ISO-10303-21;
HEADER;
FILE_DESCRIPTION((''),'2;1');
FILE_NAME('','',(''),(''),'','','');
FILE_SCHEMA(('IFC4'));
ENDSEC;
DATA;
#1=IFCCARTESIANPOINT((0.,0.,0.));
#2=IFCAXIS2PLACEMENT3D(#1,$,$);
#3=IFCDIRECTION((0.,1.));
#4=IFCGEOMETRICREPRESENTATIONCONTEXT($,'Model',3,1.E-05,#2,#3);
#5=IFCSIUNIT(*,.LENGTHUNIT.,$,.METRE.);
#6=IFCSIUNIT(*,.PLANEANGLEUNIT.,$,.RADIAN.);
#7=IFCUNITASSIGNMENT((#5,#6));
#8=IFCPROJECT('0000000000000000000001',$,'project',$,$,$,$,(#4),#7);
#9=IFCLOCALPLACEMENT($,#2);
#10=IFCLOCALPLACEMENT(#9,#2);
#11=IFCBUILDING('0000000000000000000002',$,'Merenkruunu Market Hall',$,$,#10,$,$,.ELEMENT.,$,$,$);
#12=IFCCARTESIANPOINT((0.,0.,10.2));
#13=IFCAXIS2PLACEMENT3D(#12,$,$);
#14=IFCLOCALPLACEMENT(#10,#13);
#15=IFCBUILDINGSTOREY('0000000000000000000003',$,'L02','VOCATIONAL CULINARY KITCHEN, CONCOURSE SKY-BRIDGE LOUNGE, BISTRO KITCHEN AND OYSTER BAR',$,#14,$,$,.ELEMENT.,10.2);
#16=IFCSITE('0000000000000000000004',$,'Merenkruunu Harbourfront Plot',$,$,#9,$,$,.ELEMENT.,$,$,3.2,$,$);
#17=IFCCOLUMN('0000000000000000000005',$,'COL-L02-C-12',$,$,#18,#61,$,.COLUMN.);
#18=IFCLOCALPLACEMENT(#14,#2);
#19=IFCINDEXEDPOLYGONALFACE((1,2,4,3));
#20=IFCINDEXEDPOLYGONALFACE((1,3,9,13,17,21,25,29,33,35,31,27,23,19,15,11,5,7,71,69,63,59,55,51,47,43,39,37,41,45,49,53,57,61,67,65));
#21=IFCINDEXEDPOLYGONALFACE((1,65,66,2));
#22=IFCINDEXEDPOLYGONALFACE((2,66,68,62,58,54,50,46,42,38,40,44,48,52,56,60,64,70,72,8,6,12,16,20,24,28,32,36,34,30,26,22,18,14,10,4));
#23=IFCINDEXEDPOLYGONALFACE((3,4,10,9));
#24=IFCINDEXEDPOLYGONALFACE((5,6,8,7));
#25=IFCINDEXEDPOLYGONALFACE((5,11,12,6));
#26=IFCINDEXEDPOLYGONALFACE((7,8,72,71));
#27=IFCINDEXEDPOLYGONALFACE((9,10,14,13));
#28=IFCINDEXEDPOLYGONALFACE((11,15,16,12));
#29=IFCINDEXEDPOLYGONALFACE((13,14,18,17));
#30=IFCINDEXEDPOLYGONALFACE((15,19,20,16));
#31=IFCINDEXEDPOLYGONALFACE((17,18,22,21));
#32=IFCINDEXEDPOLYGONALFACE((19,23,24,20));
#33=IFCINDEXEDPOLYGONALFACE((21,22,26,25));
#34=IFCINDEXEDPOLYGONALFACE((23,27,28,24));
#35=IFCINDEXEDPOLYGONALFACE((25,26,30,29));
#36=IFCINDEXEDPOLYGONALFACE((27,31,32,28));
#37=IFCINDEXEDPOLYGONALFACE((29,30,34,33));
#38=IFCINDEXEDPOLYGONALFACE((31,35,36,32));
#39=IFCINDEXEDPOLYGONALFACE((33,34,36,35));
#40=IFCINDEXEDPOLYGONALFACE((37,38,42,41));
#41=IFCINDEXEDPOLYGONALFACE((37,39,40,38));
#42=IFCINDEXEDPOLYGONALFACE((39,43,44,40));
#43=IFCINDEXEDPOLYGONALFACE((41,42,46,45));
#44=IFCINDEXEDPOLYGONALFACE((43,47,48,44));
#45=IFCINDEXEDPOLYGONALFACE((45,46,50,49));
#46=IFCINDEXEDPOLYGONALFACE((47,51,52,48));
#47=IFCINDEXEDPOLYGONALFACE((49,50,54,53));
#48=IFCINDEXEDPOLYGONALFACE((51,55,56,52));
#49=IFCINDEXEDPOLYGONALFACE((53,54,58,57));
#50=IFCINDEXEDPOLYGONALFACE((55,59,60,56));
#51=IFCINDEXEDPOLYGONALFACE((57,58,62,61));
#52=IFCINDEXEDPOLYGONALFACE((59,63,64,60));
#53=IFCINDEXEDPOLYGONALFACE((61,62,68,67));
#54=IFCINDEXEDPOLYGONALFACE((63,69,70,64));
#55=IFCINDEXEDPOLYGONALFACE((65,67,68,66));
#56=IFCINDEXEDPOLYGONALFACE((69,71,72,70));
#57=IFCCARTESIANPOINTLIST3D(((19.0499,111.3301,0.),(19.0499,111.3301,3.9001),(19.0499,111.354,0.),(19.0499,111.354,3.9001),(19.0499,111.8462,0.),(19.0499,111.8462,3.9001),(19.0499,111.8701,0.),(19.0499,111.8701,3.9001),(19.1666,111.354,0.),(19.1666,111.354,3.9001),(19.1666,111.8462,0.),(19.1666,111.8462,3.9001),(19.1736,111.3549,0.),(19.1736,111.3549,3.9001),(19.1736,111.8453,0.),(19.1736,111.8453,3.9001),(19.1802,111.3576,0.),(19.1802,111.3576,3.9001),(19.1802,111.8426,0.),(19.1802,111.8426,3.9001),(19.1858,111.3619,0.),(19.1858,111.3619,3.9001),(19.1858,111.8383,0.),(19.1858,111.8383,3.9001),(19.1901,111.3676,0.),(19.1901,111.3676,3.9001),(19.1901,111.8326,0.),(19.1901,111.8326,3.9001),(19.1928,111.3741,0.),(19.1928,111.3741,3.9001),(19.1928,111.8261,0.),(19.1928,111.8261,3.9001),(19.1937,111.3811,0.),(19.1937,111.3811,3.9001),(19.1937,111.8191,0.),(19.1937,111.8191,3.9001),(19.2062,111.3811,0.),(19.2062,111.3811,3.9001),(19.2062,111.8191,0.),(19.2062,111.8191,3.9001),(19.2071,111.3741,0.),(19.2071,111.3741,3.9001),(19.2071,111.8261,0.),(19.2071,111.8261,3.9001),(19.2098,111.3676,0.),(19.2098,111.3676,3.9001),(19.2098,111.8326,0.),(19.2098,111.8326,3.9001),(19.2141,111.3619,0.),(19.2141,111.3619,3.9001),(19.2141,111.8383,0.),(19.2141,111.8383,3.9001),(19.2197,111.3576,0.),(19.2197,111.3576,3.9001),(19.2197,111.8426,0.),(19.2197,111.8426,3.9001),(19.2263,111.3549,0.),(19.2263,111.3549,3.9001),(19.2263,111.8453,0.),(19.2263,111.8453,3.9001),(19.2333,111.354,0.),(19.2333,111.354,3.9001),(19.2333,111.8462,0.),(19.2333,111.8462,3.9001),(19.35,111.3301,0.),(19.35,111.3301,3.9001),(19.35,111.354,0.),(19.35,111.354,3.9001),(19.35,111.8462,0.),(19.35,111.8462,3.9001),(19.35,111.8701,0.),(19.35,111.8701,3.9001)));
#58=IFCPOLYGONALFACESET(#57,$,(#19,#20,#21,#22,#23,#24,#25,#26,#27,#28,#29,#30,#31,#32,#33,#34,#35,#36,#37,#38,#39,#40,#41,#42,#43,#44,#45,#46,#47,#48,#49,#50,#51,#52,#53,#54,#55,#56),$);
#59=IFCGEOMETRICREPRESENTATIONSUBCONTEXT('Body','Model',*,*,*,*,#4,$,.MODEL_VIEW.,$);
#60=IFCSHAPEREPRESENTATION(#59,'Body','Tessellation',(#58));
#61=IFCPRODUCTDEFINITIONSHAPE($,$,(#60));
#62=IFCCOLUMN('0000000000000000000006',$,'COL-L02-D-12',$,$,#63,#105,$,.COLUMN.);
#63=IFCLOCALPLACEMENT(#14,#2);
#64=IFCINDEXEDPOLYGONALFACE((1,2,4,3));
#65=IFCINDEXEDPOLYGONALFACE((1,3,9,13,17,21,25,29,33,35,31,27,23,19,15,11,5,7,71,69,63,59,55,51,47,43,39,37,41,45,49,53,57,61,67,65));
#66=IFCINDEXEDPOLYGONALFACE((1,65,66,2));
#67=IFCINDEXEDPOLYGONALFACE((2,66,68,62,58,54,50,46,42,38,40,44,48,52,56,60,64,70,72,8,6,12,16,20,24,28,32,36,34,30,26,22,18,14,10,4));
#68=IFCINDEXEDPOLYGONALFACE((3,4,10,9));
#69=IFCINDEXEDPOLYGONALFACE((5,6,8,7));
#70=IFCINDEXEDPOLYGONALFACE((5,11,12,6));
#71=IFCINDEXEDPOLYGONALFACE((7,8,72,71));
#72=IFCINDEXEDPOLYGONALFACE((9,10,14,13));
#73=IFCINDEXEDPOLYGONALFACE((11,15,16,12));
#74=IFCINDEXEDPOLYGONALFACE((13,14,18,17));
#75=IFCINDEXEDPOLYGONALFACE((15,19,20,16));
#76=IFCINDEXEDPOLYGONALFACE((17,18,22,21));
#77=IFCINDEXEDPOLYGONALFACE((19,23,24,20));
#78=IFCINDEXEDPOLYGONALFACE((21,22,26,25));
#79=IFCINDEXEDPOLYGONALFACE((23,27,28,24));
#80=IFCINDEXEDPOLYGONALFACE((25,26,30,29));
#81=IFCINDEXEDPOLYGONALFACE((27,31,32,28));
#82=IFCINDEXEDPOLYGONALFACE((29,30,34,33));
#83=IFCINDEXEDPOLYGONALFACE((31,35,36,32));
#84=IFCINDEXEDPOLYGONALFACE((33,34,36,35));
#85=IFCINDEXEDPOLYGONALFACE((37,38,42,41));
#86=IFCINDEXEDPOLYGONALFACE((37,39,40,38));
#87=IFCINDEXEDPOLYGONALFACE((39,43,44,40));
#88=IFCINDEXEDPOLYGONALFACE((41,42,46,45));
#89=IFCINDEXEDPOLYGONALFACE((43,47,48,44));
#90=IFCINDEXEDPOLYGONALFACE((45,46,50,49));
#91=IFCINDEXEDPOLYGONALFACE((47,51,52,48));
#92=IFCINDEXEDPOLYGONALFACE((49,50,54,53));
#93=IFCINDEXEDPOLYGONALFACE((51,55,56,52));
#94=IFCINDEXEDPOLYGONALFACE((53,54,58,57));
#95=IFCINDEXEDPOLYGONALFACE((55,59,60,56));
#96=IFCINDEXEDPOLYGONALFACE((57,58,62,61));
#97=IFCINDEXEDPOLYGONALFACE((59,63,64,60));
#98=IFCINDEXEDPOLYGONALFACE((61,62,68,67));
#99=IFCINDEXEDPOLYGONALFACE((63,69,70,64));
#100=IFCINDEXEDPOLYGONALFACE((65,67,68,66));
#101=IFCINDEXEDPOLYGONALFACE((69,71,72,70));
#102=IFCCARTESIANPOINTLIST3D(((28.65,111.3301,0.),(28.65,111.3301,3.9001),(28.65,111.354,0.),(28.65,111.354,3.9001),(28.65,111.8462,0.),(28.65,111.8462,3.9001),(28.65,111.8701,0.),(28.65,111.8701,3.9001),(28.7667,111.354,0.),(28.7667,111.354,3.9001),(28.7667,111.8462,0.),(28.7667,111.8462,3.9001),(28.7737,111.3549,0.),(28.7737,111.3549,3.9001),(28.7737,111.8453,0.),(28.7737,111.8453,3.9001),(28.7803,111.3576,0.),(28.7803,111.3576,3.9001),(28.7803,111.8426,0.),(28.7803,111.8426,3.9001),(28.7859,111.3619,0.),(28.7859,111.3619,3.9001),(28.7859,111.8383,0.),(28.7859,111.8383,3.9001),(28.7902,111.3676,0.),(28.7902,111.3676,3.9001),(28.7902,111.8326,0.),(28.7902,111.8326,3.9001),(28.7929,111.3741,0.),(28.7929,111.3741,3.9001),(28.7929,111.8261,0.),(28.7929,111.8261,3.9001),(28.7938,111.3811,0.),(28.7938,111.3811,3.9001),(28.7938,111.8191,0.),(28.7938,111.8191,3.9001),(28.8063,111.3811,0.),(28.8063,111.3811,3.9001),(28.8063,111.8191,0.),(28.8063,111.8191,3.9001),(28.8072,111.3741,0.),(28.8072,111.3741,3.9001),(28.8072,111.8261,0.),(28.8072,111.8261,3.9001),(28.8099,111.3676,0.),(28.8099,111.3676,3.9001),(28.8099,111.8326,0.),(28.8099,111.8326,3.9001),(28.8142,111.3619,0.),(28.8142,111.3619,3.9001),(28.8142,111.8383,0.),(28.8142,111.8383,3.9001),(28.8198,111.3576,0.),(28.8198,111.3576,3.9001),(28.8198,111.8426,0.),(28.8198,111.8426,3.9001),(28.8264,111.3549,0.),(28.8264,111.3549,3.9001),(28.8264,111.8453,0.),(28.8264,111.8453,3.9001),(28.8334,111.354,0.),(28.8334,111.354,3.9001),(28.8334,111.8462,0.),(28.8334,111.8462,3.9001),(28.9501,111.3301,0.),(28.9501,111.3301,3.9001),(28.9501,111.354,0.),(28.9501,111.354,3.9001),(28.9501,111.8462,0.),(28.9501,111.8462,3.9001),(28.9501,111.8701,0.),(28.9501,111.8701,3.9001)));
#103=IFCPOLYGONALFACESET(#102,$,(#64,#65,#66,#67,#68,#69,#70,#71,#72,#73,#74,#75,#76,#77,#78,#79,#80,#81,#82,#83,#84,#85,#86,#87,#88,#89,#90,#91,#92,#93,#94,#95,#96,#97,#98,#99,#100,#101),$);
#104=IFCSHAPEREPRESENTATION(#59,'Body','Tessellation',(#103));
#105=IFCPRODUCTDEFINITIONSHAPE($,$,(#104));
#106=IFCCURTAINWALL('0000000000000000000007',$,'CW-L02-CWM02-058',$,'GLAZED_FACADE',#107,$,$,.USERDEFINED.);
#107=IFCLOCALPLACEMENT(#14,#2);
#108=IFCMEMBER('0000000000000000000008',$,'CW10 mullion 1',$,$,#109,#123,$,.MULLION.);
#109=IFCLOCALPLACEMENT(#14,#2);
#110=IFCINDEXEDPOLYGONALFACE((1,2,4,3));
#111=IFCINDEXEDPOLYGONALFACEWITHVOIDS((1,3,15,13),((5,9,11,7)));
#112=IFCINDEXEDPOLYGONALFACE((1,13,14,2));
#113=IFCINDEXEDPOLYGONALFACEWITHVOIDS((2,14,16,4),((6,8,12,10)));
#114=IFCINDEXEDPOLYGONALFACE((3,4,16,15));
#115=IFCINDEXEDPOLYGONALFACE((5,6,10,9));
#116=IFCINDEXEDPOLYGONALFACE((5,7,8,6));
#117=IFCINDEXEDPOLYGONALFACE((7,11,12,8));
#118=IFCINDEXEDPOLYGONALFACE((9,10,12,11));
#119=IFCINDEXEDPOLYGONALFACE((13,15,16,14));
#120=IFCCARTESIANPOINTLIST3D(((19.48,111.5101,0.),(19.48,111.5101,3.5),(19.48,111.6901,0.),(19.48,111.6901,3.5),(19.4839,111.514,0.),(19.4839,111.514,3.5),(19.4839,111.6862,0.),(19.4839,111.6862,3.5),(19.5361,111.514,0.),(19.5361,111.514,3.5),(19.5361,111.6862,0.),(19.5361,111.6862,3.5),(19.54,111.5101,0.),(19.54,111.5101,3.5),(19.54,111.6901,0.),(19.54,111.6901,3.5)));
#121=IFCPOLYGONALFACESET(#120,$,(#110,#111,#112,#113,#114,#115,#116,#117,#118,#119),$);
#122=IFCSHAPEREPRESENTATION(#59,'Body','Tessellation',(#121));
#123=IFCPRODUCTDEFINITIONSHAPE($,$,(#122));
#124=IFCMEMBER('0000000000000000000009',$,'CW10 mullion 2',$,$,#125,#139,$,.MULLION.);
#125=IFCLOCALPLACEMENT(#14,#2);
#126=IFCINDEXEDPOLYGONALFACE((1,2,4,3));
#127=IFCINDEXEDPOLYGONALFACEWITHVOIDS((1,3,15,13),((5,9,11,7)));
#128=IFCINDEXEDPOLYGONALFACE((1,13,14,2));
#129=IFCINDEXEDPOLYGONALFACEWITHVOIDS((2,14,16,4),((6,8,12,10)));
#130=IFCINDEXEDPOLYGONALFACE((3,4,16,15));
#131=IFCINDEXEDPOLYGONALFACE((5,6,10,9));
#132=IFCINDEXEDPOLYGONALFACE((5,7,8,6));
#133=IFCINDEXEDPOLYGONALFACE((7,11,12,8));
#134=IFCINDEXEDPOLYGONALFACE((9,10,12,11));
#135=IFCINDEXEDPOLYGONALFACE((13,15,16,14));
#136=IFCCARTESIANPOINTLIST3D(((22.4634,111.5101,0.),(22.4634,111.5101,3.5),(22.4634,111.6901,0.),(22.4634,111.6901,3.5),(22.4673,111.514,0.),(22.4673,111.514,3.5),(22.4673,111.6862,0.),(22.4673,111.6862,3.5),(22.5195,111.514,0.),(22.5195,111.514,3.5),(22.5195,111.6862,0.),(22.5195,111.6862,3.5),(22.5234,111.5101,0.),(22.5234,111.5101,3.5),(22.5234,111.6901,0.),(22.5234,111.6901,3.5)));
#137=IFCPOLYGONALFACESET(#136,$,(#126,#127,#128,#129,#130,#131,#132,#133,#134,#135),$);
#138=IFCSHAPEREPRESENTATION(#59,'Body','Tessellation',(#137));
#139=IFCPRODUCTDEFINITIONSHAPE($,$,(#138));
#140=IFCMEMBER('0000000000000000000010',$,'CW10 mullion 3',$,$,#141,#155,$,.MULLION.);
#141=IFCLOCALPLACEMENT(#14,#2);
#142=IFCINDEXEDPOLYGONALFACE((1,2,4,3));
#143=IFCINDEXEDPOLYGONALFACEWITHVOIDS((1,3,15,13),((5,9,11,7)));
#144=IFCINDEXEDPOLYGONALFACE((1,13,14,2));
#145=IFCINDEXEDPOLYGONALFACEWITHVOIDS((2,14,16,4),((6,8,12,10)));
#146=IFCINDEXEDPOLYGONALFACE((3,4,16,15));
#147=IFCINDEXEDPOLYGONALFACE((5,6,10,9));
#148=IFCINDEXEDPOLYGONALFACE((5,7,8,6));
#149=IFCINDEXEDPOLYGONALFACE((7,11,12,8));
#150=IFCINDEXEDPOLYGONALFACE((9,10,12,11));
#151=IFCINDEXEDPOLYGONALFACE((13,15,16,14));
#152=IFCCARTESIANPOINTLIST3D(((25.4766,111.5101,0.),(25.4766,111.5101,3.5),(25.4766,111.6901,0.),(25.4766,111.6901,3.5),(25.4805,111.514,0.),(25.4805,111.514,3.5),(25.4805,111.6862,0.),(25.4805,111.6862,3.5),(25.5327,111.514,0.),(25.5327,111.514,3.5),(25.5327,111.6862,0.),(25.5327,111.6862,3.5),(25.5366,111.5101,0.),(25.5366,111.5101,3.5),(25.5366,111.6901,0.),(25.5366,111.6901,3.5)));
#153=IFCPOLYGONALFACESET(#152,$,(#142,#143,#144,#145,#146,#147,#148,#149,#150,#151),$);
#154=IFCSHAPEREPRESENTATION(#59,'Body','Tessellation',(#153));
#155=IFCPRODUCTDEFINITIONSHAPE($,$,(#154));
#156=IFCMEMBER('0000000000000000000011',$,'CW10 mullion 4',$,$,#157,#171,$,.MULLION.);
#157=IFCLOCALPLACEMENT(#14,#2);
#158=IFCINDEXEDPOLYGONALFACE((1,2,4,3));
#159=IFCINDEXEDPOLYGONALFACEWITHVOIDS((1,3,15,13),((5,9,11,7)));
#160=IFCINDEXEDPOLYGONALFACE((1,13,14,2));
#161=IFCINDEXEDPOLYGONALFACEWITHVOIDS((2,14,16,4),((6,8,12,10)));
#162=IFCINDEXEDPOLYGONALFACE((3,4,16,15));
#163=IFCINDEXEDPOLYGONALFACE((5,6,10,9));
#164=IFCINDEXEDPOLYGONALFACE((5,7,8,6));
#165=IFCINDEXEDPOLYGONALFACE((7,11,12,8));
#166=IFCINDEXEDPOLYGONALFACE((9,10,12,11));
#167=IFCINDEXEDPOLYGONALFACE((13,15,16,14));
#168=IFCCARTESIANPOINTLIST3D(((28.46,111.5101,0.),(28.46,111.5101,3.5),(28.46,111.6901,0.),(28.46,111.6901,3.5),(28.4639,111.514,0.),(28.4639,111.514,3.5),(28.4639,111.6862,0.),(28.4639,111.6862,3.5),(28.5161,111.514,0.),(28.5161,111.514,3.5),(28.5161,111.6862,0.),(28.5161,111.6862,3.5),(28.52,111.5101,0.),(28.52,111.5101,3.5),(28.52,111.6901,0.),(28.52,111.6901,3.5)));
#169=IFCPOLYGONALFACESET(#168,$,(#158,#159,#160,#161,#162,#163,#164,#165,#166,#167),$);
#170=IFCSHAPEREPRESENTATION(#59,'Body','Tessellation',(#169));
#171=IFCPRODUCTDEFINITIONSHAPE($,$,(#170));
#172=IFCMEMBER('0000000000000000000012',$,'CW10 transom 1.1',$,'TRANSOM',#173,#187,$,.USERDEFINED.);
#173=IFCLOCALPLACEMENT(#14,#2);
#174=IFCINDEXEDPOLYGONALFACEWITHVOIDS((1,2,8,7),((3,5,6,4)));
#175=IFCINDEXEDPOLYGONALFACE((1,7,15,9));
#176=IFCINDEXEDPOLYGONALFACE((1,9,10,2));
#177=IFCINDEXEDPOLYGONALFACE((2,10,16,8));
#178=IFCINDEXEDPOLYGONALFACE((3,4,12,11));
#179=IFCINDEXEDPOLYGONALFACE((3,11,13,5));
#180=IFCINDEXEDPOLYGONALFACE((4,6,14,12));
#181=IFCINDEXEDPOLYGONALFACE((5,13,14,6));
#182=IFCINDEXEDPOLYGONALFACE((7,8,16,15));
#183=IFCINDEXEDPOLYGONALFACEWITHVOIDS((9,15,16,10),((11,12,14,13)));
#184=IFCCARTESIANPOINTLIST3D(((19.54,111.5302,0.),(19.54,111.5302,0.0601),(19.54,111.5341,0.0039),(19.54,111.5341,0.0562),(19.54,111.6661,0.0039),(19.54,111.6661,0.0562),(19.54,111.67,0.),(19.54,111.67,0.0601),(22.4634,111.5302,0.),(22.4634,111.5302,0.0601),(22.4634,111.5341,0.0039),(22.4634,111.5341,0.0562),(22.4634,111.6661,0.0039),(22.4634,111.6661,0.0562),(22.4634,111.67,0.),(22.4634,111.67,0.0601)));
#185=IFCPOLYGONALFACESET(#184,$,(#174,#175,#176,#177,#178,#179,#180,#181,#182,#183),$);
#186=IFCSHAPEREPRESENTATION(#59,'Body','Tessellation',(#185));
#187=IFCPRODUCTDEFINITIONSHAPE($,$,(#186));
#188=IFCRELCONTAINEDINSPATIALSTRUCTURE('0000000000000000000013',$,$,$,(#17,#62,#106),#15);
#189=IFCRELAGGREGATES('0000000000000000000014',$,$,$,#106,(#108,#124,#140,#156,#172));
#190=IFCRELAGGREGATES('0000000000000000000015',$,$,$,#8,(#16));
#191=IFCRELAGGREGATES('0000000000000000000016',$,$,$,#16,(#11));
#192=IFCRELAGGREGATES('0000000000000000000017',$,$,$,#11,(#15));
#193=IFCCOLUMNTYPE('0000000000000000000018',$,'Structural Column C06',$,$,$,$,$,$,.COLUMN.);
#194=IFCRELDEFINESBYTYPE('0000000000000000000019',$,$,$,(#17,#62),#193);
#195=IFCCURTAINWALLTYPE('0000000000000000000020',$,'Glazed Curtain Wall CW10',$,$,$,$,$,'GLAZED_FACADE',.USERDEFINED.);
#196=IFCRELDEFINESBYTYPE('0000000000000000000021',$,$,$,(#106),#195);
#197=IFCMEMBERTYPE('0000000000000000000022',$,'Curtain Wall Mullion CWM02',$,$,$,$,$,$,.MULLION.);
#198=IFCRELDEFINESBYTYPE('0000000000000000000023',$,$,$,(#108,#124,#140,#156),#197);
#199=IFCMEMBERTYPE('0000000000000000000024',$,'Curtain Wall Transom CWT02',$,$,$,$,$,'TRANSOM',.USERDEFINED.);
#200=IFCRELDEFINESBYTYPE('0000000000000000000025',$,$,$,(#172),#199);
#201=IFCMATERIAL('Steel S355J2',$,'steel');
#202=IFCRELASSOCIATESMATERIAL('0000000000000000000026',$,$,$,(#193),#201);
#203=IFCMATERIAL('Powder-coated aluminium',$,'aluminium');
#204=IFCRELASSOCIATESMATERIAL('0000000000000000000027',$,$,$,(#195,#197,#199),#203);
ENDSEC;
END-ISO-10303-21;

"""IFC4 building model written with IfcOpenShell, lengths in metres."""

from ifc_helpers import new_model, si_unit, direction, frame, origin, origin_2d, place, context, subcontext, project, spatial, hollow_rectangle, i_section, extrude, material, material_profile, profile_set, type_object, element, aggregate, save


model = new_model("IFC4")

# Units and contexts
model_context = context("Model", 3, precision=1e-05, world=origin(), true_north=direction((0.0, 1.0)))
body_context = subcontext(model_context, "Body", "Model", "MODEL_VIEW")
ifc_project = project(units=[si_unit("LENGTHUNIT", "METRE"), si_unit("PLANEANGLEUNIT", "RADIAN")], contexts=[model_context])

# Site, building, storey
site_placement = place(None, origin())
site = spatial("IfcSite", under=ifc_project, at=site_placement, Name="Merenkruunu Harbourfront Plot", CompositionType="ELEMENT", RefElevation=3.2)
building_placement = place(site_placement, origin())
building = spatial("IfcBuilding", under=site, at=building_placement, Name="Merenkruunu Market Hall", CompositionType="ELEMENT")
storey_placement = place(building_placement, frame((0.0, 0.0, 10.2)))
storey = spatial("IfcBuildingStorey", under=building, at=storey_placement, Name="L02", Description="VOCATIONAL CULINARY KITCHEN, CONCOURSE SKY-BRIDGE LOUNGE, BISTRO KITCHEN AND OYSTER BAR", CompositionType="ELEMENT", Elevation=10.2)

# Columns
ifc_material_1 = material(Name="Steel S355J2", Category="steel")
ifc_material_profile_1 = material_profile(ifc_material_1, i_section(OverallWidth=0.3, OverallDepth=0.54, WebThickness=0.0125, FlangeThickness=0.0239, FilletRadius=0.0271, at=origin_2d()), Name="HEA 550")
ifc_profile_set_1 = profile_set([ifc_material_profile_1], Name="Steel S355J2")
column_type = type_object("IfcColumnType", Name="Structural Column C06", PredefinedType="COLUMN", material=ifc_profile_set_1)
for number, where, z_axis, x_axis, name in (
    (1, (19.2, 111.6001, 0.0), (0.0, 0.0, 1.0), (1.0, 0.0, 0.0), "COL-L02-C-12"),
    (2, (28.8, 111.6001, 0.0), (0.0, 0.0, 1.0), (1.0, 0.0, 0.0), "COL-L02-D-12"),
):
    element("IfcColumn", number, at=place(storey_placement, frame(where, z_axis=z_axis, x_axis=x_axis)), inside=storey, type_object=column_type, Name=name, PredefinedType="COLUMN", context=body_context, shape_type="SweptSolid", body=[
        extrude(i_section(OverallWidth=0.3, OverallDepth=0.54, WebThickness=0.0125, FlangeThickness=0.0239, FilletRadius=0.0271, at=origin_2d()), origin(), (0.0, 0.0, 1.0), 3.9001),
    ])

# Curtain wall, members
ifc_material_2 = material(Name="Powder-coated aluminium", Category="aluminium")
curtain_wall_type = type_object("IfcCurtainWallType", Name="Glazed Curtain Wall CW10", ElementType="GLAZED_FACADE", PredefinedType="USERDEFINED", material=ifc_material_2)
curtain_wall_placement = place(storey_placement, origin())
curtain_wall = element("IfcCurtainWall", 3, at=curtain_wall_placement, inside=storey, type_object=curtain_wall_type, Name="CW-L02-CWM02-058", ObjectType="GLAZED_FACADE", PredefinedType="USERDEFINED")
ifc_material_profile_2 = material_profile(ifc_material_2, hollow_rectangle(XDim=0.0601, YDim=0.1799, WallThickness=0.0039, at=origin_2d()), Name="ALU 60x180x4")
ifc_profile_set_2 = profile_set([ifc_material_profile_2], Name="Powder-coated aluminium")
member_type_1 = type_object("IfcMemberType", Name="Curtain Wall Mullion CWM02", PredefinedType="MULLION", material=ifc_profile_set_2)
member_1_placement = place(storey_placement, frame((19.51, 111.6001, 0.0), z_axis=(0.0, 0.0, 1.0), x_axis=(1.0, 0.0, 0.0)))
member_1 = element("IfcMember", 4, at=member_1_placement, type_object=member_type_1, Name="CW10 mullion 1", PredefinedType="MULLION", context=body_context, shape_type="SweptSolid", body=[
    extrude(hollow_rectangle(XDim=0.0601, YDim=0.1799, WallThickness=0.0039, at=origin_2d()), origin(), (0.0, 0.0, 1.0), 3.5),
])
member_2_placement = place(storey_placement, frame((22.4934, 111.6001, 0.0), z_axis=(0.0, 0.0, 1.0), x_axis=(1.0, 0.0, 0.0)))
member_2 = element("IfcMember", 5, at=member_2_placement, type_object=member_type_1, Name="CW10 mullion 2", PredefinedType="MULLION", context=body_context, shape_type="SweptSolid", body=[
    extrude(hollow_rectangle(XDim=0.0601, YDim=0.1799, WallThickness=0.0039, at=origin_2d()), origin(), (0.0, 0.0, 1.0), 3.5),
])
member_3_placement = place(storey_placement, frame((25.5066, 111.6001, 0.0), z_axis=(0.0, 0.0, 1.0), x_axis=(1.0, 0.0, 0.0)))
member_3 = element("IfcMember", 6, at=member_3_placement, type_object=member_type_1, Name="CW10 mullion 3", PredefinedType="MULLION", context=body_context, shape_type="SweptSolid", body=[
    extrude(hollow_rectangle(XDim=0.0601, YDim=0.1799, WallThickness=0.0039, at=origin_2d()), origin(), (0.0, 0.0, 1.0), 3.5),
])
member_4_placement = place(storey_placement, frame((28.49, 111.6001, 0.0), z_axis=(0.0, 0.0, 1.0), x_axis=(1.0, 0.0, 0.0)))
member_4 = element("IfcMember", 7, at=member_4_placement, type_object=member_type_1, Name="CW10 mullion 4", PredefinedType="MULLION", context=body_context, shape_type="SweptSolid", body=[
    extrude(hollow_rectangle(XDim=0.0601, YDim=0.1799, WallThickness=0.0039, at=origin_2d()), origin(), (0.0, 0.0, 1.0), 3.5),
])
ifc_material_profile_3 = material_profile(ifc_material_2, hollow_rectangle(XDim=0.0601, YDim=0.1399, WallThickness=0.0039, at=origin_2d()), Name="ALU 60x140x4")
ifc_profile_set_3 = profile_set([ifc_material_profile_3], Name="Powder-coated aluminium")
member_type_2 = type_object("IfcMemberType", Name="Curtain Wall Transom CWT02", ElementType="TRANSOM", PredefinedType="USERDEFINED", material=ifc_profile_set_3)
member_5_placement = place(storey_placement, frame((19.54, 111.6001, 0.03), z_axis=(1.0, 0.0, 0.0), x_axis=(0.0, 0.0, 1.0)))
member_5 = element("IfcMember", 8, at=member_5_placement, type_object=member_type_2, Name="CW10 transom 1.1", ObjectType="TRANSOM", PredefinedType="USERDEFINED", context=body_context, shape_type="SweptSolid", body=[
    extrude(hollow_rectangle(XDim=0.0601, YDim=0.1399, WallThickness=0.0039, at=origin_2d()), origin(), (0.0, 0.0, 1.0), 2.9233),
])

aggregate(curtain_wall, [member_1, member_2, member_3, member_4, member_5])

save(model, "model.ifc")
